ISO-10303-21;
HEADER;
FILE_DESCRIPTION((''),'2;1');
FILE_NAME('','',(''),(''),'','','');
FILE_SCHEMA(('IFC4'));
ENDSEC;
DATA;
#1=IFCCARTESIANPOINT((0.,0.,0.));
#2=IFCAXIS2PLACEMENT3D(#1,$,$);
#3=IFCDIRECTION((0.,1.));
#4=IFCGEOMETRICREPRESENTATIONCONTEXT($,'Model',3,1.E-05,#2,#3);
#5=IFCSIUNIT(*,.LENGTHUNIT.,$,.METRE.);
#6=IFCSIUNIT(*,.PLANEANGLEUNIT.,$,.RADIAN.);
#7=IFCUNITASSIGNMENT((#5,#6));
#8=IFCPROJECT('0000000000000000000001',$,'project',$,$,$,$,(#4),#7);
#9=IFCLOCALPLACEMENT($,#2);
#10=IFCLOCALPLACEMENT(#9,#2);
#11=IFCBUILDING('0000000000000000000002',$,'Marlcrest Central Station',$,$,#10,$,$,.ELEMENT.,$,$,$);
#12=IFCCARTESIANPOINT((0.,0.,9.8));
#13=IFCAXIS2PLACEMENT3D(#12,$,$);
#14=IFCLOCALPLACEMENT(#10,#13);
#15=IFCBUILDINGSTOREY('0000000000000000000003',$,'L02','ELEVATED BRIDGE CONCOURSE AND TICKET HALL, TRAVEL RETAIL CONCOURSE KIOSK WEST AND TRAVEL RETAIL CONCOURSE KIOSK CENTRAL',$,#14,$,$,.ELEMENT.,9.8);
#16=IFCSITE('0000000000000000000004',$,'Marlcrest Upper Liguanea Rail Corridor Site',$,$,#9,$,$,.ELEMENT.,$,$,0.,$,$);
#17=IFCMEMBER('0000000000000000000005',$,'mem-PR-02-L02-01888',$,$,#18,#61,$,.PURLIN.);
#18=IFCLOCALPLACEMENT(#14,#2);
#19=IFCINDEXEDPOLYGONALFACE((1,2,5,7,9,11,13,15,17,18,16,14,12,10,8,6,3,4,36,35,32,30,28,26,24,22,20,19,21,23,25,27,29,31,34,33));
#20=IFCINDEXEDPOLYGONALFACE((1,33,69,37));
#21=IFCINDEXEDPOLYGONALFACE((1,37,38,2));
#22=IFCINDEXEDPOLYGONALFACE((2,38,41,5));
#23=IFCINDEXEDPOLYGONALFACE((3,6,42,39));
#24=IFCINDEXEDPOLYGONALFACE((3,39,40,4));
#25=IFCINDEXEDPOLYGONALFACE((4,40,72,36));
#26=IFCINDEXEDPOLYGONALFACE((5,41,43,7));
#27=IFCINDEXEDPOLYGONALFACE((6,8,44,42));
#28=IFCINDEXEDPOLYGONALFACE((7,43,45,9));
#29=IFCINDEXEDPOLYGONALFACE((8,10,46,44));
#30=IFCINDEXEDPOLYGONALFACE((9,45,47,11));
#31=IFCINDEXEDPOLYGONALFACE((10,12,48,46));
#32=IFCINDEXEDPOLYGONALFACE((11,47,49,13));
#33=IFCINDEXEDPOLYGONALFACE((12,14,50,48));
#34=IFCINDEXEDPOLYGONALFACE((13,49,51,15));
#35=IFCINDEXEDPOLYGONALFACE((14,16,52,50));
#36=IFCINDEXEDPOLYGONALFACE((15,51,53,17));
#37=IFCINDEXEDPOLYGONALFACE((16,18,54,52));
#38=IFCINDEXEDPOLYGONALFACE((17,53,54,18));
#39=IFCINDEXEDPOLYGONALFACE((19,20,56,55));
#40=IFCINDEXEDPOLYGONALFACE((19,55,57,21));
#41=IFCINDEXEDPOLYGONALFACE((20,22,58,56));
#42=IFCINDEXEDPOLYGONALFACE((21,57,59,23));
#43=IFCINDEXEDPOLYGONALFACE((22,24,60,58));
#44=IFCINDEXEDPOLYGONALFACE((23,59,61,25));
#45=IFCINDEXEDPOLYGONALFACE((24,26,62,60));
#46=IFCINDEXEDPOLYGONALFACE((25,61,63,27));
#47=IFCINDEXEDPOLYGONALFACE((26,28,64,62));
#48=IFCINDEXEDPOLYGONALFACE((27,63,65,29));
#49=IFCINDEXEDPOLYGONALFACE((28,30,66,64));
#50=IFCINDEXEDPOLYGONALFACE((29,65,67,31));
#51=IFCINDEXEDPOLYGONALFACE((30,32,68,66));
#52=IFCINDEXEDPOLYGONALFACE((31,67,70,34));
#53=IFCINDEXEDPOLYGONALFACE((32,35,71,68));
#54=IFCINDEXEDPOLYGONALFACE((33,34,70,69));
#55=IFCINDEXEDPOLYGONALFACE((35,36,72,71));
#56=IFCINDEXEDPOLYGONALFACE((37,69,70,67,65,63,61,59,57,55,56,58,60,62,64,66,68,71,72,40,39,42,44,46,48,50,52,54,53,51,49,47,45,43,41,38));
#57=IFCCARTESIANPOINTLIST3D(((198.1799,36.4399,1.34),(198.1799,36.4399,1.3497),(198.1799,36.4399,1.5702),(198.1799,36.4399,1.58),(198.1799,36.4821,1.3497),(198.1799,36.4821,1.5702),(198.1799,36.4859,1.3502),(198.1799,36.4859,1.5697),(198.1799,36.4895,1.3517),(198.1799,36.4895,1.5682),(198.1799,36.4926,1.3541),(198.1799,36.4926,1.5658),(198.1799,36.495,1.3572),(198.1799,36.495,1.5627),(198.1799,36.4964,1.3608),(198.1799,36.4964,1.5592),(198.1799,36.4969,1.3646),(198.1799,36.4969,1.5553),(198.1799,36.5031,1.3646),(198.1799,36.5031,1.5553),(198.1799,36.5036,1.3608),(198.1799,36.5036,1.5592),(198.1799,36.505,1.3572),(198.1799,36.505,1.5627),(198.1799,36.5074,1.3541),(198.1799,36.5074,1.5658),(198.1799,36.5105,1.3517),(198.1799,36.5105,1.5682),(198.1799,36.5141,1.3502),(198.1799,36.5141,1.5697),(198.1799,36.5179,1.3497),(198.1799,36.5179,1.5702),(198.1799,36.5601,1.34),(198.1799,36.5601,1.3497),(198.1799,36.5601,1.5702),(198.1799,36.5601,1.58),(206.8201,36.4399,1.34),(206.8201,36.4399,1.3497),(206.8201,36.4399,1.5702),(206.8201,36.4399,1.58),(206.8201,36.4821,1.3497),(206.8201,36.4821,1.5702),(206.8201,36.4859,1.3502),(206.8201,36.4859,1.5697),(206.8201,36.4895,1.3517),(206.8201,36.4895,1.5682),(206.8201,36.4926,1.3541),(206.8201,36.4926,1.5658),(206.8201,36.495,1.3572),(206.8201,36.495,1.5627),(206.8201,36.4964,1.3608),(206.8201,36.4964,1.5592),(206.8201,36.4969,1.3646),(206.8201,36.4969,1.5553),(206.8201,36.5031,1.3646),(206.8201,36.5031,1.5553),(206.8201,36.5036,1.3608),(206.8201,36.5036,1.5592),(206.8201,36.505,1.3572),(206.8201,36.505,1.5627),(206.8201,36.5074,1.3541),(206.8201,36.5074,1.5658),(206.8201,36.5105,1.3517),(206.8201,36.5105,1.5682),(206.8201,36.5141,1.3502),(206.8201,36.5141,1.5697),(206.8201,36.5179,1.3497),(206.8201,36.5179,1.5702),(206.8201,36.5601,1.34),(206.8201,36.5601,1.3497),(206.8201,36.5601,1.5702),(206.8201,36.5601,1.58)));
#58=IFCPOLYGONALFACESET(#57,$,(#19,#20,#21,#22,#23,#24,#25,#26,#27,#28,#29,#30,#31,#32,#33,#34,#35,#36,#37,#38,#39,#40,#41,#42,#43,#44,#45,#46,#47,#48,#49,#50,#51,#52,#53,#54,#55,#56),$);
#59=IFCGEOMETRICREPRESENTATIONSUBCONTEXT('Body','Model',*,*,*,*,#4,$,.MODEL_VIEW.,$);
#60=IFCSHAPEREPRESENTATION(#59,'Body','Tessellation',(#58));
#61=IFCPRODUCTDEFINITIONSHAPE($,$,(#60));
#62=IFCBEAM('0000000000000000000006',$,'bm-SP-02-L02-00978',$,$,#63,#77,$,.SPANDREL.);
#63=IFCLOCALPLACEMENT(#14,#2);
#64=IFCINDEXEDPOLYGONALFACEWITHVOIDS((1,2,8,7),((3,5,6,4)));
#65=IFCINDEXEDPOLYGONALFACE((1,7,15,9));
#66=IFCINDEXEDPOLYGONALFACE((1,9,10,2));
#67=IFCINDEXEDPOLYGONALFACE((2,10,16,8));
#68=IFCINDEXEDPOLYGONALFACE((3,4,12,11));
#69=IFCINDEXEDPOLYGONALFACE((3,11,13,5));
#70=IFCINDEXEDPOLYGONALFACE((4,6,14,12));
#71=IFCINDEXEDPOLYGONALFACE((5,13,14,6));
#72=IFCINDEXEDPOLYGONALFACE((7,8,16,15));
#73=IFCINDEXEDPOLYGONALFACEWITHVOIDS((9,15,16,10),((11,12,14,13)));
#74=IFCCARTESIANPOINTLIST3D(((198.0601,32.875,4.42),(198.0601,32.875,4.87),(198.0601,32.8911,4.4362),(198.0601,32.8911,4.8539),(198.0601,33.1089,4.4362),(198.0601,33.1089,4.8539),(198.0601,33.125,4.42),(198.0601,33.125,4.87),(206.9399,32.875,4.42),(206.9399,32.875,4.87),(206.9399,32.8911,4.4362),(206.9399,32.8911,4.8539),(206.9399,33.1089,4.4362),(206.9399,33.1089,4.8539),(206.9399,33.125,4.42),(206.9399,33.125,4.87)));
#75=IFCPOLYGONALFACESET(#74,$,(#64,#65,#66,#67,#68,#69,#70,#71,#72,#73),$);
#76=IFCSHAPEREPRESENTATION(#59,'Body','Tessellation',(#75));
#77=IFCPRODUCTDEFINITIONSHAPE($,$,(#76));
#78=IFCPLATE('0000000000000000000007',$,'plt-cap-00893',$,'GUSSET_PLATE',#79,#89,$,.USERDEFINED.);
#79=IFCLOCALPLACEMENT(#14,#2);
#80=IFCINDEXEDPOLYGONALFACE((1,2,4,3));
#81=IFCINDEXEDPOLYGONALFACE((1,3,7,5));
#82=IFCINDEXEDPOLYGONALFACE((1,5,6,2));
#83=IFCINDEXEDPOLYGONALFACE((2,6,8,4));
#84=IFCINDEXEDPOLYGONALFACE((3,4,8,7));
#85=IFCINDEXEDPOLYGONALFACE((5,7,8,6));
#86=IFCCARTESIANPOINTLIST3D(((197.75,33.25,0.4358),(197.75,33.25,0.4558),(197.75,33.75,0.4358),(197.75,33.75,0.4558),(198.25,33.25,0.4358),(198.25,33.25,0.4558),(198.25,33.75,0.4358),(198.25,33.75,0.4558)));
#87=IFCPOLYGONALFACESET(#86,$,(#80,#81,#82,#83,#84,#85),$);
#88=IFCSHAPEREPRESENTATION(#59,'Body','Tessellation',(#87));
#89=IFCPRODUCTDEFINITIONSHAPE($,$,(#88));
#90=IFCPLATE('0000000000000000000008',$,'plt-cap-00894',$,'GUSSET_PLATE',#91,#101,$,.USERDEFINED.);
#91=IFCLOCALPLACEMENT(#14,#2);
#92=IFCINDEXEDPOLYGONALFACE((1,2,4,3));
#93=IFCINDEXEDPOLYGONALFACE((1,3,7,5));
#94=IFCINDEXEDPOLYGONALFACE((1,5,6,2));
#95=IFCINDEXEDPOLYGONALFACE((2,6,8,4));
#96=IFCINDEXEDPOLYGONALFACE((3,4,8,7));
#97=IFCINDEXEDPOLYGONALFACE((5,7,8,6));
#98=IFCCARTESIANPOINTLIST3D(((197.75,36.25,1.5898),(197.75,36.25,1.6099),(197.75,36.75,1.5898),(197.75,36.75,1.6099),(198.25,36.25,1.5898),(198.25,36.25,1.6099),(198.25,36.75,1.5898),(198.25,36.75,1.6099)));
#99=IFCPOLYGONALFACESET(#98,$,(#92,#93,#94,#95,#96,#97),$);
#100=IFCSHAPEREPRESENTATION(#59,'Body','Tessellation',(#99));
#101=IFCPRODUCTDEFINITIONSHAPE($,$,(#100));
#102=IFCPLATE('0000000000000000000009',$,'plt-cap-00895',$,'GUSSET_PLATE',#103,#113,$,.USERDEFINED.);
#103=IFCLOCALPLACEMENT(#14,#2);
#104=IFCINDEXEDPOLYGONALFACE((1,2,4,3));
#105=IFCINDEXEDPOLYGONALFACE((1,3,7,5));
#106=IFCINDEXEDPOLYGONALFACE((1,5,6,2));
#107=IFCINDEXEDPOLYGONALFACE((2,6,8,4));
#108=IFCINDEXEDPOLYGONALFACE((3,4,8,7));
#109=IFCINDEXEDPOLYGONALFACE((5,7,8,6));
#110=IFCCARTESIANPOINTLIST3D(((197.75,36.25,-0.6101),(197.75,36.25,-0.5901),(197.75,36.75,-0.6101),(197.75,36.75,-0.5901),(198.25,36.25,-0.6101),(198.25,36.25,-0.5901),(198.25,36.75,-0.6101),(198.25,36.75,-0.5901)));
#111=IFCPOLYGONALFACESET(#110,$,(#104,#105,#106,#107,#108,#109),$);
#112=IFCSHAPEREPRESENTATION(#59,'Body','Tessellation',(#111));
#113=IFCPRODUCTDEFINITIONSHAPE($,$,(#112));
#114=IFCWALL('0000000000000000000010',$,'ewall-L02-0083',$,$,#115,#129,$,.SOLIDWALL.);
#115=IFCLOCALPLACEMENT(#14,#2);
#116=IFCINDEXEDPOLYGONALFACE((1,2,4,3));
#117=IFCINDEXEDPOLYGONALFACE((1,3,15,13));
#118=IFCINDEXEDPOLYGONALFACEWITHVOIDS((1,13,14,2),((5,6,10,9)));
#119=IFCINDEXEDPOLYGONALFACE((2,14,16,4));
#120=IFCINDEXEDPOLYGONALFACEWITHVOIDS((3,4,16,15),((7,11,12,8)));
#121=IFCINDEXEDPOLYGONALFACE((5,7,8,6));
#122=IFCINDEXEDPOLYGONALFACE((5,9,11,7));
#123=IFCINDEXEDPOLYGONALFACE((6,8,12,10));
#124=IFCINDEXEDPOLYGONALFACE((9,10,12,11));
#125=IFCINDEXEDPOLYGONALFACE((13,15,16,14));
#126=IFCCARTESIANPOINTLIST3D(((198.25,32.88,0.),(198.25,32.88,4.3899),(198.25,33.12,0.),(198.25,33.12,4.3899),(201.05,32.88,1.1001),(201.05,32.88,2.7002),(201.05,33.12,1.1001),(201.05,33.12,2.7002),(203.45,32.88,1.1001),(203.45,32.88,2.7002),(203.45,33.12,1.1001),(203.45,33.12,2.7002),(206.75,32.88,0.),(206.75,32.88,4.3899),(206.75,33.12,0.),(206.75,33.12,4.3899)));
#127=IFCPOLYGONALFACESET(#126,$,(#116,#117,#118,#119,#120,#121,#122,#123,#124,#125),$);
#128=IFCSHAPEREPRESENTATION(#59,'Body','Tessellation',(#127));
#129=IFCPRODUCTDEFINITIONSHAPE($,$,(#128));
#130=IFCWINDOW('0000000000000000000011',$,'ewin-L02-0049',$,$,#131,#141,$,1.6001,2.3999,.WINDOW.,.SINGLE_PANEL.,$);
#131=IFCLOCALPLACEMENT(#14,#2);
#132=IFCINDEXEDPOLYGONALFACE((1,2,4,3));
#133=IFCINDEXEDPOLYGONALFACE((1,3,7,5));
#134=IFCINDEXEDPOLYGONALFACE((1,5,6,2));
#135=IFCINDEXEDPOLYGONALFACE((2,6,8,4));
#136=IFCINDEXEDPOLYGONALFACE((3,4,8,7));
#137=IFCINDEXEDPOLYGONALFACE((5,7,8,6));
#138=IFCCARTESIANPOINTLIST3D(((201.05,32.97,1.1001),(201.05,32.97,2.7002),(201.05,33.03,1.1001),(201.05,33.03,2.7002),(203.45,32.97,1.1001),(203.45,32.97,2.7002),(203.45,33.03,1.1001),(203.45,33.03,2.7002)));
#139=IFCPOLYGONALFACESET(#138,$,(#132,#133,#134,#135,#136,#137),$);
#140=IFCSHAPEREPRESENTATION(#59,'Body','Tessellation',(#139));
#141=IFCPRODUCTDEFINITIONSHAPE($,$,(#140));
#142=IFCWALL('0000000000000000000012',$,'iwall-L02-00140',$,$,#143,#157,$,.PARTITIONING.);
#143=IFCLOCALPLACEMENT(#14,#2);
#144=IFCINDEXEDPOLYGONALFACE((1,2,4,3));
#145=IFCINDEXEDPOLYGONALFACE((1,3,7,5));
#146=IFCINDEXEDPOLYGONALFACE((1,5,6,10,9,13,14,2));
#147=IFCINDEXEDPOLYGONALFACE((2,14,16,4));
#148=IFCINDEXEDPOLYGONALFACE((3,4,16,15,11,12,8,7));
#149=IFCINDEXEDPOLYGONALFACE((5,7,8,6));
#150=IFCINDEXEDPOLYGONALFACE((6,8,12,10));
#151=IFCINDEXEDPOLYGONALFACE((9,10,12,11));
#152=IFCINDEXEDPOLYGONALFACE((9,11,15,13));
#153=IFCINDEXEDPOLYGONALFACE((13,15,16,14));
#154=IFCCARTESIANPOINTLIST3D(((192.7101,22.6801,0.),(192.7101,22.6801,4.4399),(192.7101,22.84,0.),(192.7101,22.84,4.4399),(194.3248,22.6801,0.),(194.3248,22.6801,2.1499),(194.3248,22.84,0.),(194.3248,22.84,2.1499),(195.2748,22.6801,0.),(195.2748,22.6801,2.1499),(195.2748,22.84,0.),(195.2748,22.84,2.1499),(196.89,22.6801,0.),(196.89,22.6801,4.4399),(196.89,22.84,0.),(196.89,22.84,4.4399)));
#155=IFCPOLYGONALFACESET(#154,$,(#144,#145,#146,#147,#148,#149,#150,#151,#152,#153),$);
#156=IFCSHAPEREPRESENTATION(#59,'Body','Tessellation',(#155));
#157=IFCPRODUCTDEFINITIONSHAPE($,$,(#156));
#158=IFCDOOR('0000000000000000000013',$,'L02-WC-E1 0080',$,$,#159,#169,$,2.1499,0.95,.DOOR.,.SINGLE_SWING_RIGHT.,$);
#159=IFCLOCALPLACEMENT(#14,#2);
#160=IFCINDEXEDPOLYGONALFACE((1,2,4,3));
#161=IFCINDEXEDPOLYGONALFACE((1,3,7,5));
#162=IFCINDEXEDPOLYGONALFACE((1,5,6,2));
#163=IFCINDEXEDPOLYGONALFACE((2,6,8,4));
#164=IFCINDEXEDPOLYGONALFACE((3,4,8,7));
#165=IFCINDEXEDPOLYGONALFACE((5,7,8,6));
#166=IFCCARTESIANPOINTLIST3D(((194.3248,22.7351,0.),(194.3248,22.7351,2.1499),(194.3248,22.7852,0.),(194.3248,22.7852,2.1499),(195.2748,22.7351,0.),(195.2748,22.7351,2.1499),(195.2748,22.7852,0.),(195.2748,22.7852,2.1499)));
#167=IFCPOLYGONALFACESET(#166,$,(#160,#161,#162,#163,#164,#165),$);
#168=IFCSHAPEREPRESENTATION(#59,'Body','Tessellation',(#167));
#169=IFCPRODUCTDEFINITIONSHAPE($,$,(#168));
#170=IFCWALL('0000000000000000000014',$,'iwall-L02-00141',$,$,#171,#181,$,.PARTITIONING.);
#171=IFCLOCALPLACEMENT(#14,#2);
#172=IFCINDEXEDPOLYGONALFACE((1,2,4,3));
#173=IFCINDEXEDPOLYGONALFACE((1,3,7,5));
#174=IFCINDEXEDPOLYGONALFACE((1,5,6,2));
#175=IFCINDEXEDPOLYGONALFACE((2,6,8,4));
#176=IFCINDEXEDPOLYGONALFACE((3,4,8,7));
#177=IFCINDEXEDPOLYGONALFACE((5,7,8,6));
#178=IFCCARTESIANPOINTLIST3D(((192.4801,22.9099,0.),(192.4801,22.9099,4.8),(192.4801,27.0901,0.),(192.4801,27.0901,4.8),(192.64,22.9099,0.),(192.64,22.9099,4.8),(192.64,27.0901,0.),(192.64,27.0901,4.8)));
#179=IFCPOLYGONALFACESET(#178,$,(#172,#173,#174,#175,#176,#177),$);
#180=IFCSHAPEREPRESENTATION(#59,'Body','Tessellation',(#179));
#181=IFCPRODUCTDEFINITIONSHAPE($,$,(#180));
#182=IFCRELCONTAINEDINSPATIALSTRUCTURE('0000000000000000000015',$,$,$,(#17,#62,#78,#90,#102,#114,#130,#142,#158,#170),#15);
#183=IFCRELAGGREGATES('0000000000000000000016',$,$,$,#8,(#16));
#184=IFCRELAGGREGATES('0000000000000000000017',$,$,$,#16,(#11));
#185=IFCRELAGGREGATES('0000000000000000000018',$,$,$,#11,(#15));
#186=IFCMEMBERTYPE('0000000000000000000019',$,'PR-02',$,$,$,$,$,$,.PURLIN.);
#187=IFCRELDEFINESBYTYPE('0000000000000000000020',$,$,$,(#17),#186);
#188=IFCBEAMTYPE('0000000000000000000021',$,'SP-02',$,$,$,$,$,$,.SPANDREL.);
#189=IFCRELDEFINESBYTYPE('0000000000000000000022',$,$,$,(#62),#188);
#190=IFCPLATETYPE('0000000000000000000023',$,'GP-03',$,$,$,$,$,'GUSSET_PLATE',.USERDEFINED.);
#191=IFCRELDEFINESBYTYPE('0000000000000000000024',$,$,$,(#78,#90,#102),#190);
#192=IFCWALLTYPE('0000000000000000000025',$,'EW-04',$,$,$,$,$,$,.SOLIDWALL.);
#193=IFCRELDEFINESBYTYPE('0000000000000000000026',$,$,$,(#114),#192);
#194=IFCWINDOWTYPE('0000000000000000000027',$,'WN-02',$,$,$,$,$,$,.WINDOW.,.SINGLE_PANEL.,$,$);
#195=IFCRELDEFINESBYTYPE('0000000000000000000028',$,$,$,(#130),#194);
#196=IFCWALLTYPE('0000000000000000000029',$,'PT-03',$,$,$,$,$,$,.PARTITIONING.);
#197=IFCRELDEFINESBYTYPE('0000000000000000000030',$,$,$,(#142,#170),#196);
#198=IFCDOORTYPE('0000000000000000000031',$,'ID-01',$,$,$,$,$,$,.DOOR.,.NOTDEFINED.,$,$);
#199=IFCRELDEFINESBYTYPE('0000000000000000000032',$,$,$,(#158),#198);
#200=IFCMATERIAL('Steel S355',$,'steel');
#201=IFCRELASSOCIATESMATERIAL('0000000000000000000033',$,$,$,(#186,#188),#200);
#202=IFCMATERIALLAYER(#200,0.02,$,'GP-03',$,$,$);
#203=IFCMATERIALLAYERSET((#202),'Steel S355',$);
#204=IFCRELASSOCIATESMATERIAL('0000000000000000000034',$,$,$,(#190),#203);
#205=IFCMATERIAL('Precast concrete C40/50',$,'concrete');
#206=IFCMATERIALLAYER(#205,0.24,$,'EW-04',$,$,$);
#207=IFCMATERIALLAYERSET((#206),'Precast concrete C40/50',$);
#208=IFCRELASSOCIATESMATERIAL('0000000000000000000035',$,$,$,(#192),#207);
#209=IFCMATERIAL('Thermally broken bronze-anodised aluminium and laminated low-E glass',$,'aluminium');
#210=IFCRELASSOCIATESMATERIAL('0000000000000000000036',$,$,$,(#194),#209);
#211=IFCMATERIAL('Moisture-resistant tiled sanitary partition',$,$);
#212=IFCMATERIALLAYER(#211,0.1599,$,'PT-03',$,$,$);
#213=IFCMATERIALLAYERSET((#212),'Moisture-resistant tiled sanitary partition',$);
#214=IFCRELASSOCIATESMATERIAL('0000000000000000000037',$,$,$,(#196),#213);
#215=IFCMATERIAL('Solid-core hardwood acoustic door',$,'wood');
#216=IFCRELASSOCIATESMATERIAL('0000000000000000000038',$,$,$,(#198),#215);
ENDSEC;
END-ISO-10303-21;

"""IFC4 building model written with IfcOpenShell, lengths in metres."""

from ifc_helpers import new_model, si_unit, direction, frame, frame_2d, origin, origin_2d, place, context, subcontext, project, spatial, rectangle, hollow_rectangle, i_section, extrude, material, layer, layer_set, material_profile, profile_set, type_object, element, fill, save


model = new_model("IFC4")

# Units and contexts
model_context = context("Model", 3, precision=1e-05, world=origin(), true_north=direction((0.0, 1.0)))
body_context = subcontext(model_context, "Body", "Model", "MODEL_VIEW")
ifc_project = project(units=[si_unit("LENGTHUNIT", "METRE"), si_unit("PLANEANGLEUNIT", "RADIAN")], contexts=[model_context])

# Site, building, storey
site_placement = place(None, origin())
site = spatial("IfcSite", under=ifc_project, at=site_placement, Name="Marlcrest Upper Liguanea Rail Corridor Site", CompositionType="ELEMENT", RefElevation=0.0)
building_placement = place(site_placement, origin())
building = spatial("IfcBuilding", under=site, at=building_placement, Name="Marlcrest Central Station", CompositionType="ELEMENT")
storey_placement = place(building_placement, frame((0.0, 0.0, 9.8)))
storey = spatial("IfcBuildingStorey", under=building, at=storey_placement, Name="L02", Description="ELEVATED BRIDGE CONCOURSE AND TICKET HALL, TRAVEL RETAIL CONCOURSE KIOSK WEST AND TRAVEL RETAIL CONCOURSE KIOSK CENTRAL", CompositionType="ELEMENT", Elevation=9.8)

# Shared definitions
ifc_material_1 = material(Name="Steel S355", Category="steel")

# Member
ifc_material_profile_1 = material_profile(ifc_material_1, i_section(OverallWidth=0.1201, OverallDepth=0.24, WebThickness=0.0061, FlangeThickness=0.0098, FilletRadius=0.0149, at=origin_2d()), Name="IPE 240")
ifc_profile_set_1 = profile_set([ifc_material_profile_1], Name="Steel S355")
member_type_1 = type_object("IfcMemberType", Name="PR-02", PredefinedType="PURLIN", material=ifc_profile_set_1)
member_1_placement = place(storey_placement, frame((198.1799, 36.5, 1.46), z_axis=(1.0, 0.0, 0.0), x_axis=(0.0, 1.0, 0.0)))
element("IfcMember", 1, at=member_1_placement, inside=storey, type_object=member_type_1, Name="mem-PR-02-L02-01888", PredefinedType="PURLIN", context=body_context, shape_type="SweptSolid", body=[
    extrude(i_section(OverallWidth=0.1201, OverallDepth=0.24, WebThickness=0.0061, FlangeThickness=0.0098, FilletRadius=0.0149, at=origin_2d()), origin(), (0.0, 0.0, 1.0), 8.6401),
])

# Beam
ifc_material_profile_2 = material_profile(ifc_material_1, hollow_rectangle(XDim=0.25, YDim=0.45, WallThickness=0.0161, at=origin_2d()), Name="RHS 450x250x16")
ifc_profile_set_2 = profile_set([ifc_material_profile_2], Name="Steel S355")
beam_type_1 = type_object("IfcBeamType", Name="SP-02", PredefinedType="SPANDREL", material=ifc_profile_set_2)
beam_1_placement = place(storey_placement, frame((198.0601, 33.0, 4.645), z_axis=(1.0, 0.0, 0.0), x_axis=(0.0, 1.0, 0.0)))
element("IfcBeam", 2, at=beam_1_placement, inside=storey, type_object=beam_type_1, Name="bm-SP-02-L02-00978", PredefinedType="SPANDREL", context=body_context, shape_type="SweptSolid", body=[
    extrude(hollow_rectangle(XDim=0.25, YDim=0.45, WallThickness=0.0161, at=origin_2d()), origin(), (0.0, 0.0, 1.0), 8.8799),
])

# Plates
ifc_layer_1 = layer(ifc_material_1, 0.02, Name="GP-03")
ifc_layer_set_1 = layer_set([ifc_layer_1], Name="Steel S355")
plate_type = type_object("IfcPlateType", Name="GP-03", ElementType="GUSSET_PLATE", PredefinedType="USERDEFINED", material=ifc_layer_set_1)
for number, where, z_axis, x_axis, name in (
    (3, (198.0, 33.5, 0.4358), (0.0, 0.0, 1.0), (1.0, 0.0, 0.0), "plt-cap-00893"),
    (4, (198.0, 36.5, 1.5898), (0.0, 0.0, 1.0), (1.0, 0.0, 0.0), "plt-cap-00894"),
    (5, (198.0, 36.5, -0.6101), (0.0, 0.0, 1.0), (1.0, 0.0, 0.0), "plt-cap-00895"),
):
    element("IfcPlate", number, at=place(storey_placement, frame(where, z_axis=z_axis, x_axis=x_axis)), inside=storey, type_object=plate_type, Name=name, ObjectType="GUSSET_PLATE", PredefinedType="USERDEFINED", context=body_context, shape_type="SweptSolid", body=[
        extrude(rectangle(XDim=0.5, YDim=0.5, at=origin_2d()), origin(), (0.0, 0.0, 1.0), 0.02),
    ])

# Wall, opening, window
ifc_material_2 = material(Name="Precast concrete C40/50", Category="concrete")
ifc_layer_2 = layer(ifc_material_2, 0.24, Name="EW-04")
ifc_layer_set_2 = layer_set([ifc_layer_2], Name="Precast concrete C40/50")
wall_type_1 = type_object("IfcWallType", Name="EW-04", PredefinedType="SOLIDWALL", material=ifc_layer_set_2)
wall_1_placement = place(storey_placement, frame((198.25, 33.0, 0.0), z_axis=(0.0, 0.0, 1.0), x_axis=(1.0, 0.0, 0.0)))
wall_1 = element("IfcWall", 6, at=wall_1_placement, inside=storey, type_object=wall_type_1, Name="ewall-L02-0083", PredefinedType="SOLIDWALL", context=body_context, shape_type="SweptSolid", body=[
    extrude(rectangle(XDim=8.5, YDim=0.24, at=frame_2d((4.25, 0.0))), origin(), (0.0, 0.0, 1.0), 4.3899),
])
opening_1_placement = place(wall_1_placement, frame((2.8, 0.0, 1.1001)))
opening_1 = element("IfcOpeningElement", 7, at=opening_1_placement, cuts=wall_1, PredefinedType="OPENING", context=body_context, shape_type="SweptSolid", body=[
    extrude(rectangle(XDim=2.3999, YDim=1.6001, at=frame_2d((1.2, 0.8))), frame((0.0, 0.1299, 0.0), z_axis=(0.0, -1.0, 0.0), x_axis=(1.0, 0.0, 0.0)), (0.0, 0.0, 1.0), 0.26),
])
ifc_material_3 = material(Name="Thermally broken bronze-anodised aluminium and laminated low-E glass", Category="aluminium")
window_type = type_object("IfcWindowType", Name="WN-02", PartitioningType="SINGLE_PANEL", PredefinedType="WINDOW", material=ifc_material_3)
window_placement = place(opening_1_placement, origin())
window = element("IfcWindow", 8, at=window_placement, inside=storey, type_object=window_type, Name="ewin-L02-0049", OverallHeight=1.6001, OverallWidth=2.3999, PartitioningType="SINGLE_PANEL", PredefinedType="WINDOW", context=body_context, shape_type="SweptSolid", body=[
    extrude(rectangle(XDim=2.3999, YDim=1.6001, at=frame_2d((1.2, 0.8))), frame((0.0, 0.03, 0.0), z_axis=(0.0, -1.0, 0.0), x_axis=(1.0, 0.0, 0.0)), (0.0, 0.0, 1.0), 0.0601),
])
fill(opening_1, window)

# Wall, opening, door
ifc_material_4 = material(Name="Moisture-resistant tiled sanitary partition")
ifc_layer_3 = layer(ifc_material_4, 0.1599, Name="PT-03")
ifc_layer_set_3 = layer_set([ifc_layer_3], Name="Moisture-resistant tiled sanitary partition")
wall_type_2 = type_object("IfcWallType", Name="PT-03", PredefinedType="PARTITIONING", material=ifc_layer_set_3)
wall_2_placement = place(storey_placement, frame((196.8899, 22.76, 0.0), z_axis=(0.0, 0.0, 1.0), x_axis=(-1.0, 0.0, 0.0)))
wall_2 = element("IfcWall", 9, at=wall_2_placement, inside=storey, type_object=wall_type_2, Name="iwall-L02-00140", PredefinedType="PARTITIONING", context=body_context, shape_type="SweptSolid", body=[
    extrude(rectangle(XDim=4.1799, YDim=0.1599, at=frame_2d((2.0898, 0.0))), origin(), (0.0, 0.0, 1.0), 4.4399),
])
opening_2_placement = place(wall_2_placement, frame((1.615, 0.0, 0.0)))
opening_2 = element("IfcOpeningElement", 10, at=opening_2_placement, cuts=wall_2, PredefinedType="OPENING", context=body_context, shape_type="SweptSolid", body=[
    extrude(rectangle(XDim=0.95, YDim=2.1499, at=frame_2d((0.4751, 1.075))), frame((0.0, 0.0898, 0.0), z_axis=(0.0, -1.0, 0.0), x_axis=(1.0, 0.0, 0.0)), (0.0, 0.0, 1.0), 0.1799),
])
ifc_material_5 = material(Name="Solid-core hardwood acoustic door", Category="wood")
door_type = type_object("IfcDoorType", Name="ID-01", OperationType="NOTDEFINED", PredefinedType="DOOR", material=ifc_material_5)
door_placement = place(opening_2_placement, origin())
door = element("IfcDoor", 11, at=door_placement, inside=storey, type_object=door_type, Name="L02-WC-E1 0080", OperationType="SINGLE_SWING_RIGHT", OverallHeight=2.1499, OverallWidth=0.95, PredefinedType="DOOR", context=body_context, shape_type="SweptSolid", body=[
    extrude(rectangle(XDim=0.95, YDim=2.1499, at=frame_2d((0.4751, 1.075))), frame((0.0, 0.0249, 0.0), z_axis=(0.0, -1.0, 0.0), x_axis=(1.0, 0.0, 0.0)), (0.0, 0.0, 1.0), 0.05),
])
fill(opening_2, door)

# Wall
for number, where, z_axis, x_axis, name in (
    (12, (192.5601, 22.9099, 0.0), (0.0, 0.0, 1.0), (0.0, 1.0, 0.0), "iwall-L02-00141"),
):
    element("IfcWall", number, at=place(storey_placement, frame(where, z_axis=z_axis, x_axis=x_axis)), inside=storey, type_object=wall_type_2, Name=name, PredefinedType="PARTITIONING", context=body_context, shape_type="SweptSolid", body=[
        extrude(rectangle(XDim=4.1802, YDim=0.1599, at=frame_2d((2.0901, 0.0))), origin(), (0.0, 0.0, 1.0), 4.8),
    ])

save(model, "model.ifc")
